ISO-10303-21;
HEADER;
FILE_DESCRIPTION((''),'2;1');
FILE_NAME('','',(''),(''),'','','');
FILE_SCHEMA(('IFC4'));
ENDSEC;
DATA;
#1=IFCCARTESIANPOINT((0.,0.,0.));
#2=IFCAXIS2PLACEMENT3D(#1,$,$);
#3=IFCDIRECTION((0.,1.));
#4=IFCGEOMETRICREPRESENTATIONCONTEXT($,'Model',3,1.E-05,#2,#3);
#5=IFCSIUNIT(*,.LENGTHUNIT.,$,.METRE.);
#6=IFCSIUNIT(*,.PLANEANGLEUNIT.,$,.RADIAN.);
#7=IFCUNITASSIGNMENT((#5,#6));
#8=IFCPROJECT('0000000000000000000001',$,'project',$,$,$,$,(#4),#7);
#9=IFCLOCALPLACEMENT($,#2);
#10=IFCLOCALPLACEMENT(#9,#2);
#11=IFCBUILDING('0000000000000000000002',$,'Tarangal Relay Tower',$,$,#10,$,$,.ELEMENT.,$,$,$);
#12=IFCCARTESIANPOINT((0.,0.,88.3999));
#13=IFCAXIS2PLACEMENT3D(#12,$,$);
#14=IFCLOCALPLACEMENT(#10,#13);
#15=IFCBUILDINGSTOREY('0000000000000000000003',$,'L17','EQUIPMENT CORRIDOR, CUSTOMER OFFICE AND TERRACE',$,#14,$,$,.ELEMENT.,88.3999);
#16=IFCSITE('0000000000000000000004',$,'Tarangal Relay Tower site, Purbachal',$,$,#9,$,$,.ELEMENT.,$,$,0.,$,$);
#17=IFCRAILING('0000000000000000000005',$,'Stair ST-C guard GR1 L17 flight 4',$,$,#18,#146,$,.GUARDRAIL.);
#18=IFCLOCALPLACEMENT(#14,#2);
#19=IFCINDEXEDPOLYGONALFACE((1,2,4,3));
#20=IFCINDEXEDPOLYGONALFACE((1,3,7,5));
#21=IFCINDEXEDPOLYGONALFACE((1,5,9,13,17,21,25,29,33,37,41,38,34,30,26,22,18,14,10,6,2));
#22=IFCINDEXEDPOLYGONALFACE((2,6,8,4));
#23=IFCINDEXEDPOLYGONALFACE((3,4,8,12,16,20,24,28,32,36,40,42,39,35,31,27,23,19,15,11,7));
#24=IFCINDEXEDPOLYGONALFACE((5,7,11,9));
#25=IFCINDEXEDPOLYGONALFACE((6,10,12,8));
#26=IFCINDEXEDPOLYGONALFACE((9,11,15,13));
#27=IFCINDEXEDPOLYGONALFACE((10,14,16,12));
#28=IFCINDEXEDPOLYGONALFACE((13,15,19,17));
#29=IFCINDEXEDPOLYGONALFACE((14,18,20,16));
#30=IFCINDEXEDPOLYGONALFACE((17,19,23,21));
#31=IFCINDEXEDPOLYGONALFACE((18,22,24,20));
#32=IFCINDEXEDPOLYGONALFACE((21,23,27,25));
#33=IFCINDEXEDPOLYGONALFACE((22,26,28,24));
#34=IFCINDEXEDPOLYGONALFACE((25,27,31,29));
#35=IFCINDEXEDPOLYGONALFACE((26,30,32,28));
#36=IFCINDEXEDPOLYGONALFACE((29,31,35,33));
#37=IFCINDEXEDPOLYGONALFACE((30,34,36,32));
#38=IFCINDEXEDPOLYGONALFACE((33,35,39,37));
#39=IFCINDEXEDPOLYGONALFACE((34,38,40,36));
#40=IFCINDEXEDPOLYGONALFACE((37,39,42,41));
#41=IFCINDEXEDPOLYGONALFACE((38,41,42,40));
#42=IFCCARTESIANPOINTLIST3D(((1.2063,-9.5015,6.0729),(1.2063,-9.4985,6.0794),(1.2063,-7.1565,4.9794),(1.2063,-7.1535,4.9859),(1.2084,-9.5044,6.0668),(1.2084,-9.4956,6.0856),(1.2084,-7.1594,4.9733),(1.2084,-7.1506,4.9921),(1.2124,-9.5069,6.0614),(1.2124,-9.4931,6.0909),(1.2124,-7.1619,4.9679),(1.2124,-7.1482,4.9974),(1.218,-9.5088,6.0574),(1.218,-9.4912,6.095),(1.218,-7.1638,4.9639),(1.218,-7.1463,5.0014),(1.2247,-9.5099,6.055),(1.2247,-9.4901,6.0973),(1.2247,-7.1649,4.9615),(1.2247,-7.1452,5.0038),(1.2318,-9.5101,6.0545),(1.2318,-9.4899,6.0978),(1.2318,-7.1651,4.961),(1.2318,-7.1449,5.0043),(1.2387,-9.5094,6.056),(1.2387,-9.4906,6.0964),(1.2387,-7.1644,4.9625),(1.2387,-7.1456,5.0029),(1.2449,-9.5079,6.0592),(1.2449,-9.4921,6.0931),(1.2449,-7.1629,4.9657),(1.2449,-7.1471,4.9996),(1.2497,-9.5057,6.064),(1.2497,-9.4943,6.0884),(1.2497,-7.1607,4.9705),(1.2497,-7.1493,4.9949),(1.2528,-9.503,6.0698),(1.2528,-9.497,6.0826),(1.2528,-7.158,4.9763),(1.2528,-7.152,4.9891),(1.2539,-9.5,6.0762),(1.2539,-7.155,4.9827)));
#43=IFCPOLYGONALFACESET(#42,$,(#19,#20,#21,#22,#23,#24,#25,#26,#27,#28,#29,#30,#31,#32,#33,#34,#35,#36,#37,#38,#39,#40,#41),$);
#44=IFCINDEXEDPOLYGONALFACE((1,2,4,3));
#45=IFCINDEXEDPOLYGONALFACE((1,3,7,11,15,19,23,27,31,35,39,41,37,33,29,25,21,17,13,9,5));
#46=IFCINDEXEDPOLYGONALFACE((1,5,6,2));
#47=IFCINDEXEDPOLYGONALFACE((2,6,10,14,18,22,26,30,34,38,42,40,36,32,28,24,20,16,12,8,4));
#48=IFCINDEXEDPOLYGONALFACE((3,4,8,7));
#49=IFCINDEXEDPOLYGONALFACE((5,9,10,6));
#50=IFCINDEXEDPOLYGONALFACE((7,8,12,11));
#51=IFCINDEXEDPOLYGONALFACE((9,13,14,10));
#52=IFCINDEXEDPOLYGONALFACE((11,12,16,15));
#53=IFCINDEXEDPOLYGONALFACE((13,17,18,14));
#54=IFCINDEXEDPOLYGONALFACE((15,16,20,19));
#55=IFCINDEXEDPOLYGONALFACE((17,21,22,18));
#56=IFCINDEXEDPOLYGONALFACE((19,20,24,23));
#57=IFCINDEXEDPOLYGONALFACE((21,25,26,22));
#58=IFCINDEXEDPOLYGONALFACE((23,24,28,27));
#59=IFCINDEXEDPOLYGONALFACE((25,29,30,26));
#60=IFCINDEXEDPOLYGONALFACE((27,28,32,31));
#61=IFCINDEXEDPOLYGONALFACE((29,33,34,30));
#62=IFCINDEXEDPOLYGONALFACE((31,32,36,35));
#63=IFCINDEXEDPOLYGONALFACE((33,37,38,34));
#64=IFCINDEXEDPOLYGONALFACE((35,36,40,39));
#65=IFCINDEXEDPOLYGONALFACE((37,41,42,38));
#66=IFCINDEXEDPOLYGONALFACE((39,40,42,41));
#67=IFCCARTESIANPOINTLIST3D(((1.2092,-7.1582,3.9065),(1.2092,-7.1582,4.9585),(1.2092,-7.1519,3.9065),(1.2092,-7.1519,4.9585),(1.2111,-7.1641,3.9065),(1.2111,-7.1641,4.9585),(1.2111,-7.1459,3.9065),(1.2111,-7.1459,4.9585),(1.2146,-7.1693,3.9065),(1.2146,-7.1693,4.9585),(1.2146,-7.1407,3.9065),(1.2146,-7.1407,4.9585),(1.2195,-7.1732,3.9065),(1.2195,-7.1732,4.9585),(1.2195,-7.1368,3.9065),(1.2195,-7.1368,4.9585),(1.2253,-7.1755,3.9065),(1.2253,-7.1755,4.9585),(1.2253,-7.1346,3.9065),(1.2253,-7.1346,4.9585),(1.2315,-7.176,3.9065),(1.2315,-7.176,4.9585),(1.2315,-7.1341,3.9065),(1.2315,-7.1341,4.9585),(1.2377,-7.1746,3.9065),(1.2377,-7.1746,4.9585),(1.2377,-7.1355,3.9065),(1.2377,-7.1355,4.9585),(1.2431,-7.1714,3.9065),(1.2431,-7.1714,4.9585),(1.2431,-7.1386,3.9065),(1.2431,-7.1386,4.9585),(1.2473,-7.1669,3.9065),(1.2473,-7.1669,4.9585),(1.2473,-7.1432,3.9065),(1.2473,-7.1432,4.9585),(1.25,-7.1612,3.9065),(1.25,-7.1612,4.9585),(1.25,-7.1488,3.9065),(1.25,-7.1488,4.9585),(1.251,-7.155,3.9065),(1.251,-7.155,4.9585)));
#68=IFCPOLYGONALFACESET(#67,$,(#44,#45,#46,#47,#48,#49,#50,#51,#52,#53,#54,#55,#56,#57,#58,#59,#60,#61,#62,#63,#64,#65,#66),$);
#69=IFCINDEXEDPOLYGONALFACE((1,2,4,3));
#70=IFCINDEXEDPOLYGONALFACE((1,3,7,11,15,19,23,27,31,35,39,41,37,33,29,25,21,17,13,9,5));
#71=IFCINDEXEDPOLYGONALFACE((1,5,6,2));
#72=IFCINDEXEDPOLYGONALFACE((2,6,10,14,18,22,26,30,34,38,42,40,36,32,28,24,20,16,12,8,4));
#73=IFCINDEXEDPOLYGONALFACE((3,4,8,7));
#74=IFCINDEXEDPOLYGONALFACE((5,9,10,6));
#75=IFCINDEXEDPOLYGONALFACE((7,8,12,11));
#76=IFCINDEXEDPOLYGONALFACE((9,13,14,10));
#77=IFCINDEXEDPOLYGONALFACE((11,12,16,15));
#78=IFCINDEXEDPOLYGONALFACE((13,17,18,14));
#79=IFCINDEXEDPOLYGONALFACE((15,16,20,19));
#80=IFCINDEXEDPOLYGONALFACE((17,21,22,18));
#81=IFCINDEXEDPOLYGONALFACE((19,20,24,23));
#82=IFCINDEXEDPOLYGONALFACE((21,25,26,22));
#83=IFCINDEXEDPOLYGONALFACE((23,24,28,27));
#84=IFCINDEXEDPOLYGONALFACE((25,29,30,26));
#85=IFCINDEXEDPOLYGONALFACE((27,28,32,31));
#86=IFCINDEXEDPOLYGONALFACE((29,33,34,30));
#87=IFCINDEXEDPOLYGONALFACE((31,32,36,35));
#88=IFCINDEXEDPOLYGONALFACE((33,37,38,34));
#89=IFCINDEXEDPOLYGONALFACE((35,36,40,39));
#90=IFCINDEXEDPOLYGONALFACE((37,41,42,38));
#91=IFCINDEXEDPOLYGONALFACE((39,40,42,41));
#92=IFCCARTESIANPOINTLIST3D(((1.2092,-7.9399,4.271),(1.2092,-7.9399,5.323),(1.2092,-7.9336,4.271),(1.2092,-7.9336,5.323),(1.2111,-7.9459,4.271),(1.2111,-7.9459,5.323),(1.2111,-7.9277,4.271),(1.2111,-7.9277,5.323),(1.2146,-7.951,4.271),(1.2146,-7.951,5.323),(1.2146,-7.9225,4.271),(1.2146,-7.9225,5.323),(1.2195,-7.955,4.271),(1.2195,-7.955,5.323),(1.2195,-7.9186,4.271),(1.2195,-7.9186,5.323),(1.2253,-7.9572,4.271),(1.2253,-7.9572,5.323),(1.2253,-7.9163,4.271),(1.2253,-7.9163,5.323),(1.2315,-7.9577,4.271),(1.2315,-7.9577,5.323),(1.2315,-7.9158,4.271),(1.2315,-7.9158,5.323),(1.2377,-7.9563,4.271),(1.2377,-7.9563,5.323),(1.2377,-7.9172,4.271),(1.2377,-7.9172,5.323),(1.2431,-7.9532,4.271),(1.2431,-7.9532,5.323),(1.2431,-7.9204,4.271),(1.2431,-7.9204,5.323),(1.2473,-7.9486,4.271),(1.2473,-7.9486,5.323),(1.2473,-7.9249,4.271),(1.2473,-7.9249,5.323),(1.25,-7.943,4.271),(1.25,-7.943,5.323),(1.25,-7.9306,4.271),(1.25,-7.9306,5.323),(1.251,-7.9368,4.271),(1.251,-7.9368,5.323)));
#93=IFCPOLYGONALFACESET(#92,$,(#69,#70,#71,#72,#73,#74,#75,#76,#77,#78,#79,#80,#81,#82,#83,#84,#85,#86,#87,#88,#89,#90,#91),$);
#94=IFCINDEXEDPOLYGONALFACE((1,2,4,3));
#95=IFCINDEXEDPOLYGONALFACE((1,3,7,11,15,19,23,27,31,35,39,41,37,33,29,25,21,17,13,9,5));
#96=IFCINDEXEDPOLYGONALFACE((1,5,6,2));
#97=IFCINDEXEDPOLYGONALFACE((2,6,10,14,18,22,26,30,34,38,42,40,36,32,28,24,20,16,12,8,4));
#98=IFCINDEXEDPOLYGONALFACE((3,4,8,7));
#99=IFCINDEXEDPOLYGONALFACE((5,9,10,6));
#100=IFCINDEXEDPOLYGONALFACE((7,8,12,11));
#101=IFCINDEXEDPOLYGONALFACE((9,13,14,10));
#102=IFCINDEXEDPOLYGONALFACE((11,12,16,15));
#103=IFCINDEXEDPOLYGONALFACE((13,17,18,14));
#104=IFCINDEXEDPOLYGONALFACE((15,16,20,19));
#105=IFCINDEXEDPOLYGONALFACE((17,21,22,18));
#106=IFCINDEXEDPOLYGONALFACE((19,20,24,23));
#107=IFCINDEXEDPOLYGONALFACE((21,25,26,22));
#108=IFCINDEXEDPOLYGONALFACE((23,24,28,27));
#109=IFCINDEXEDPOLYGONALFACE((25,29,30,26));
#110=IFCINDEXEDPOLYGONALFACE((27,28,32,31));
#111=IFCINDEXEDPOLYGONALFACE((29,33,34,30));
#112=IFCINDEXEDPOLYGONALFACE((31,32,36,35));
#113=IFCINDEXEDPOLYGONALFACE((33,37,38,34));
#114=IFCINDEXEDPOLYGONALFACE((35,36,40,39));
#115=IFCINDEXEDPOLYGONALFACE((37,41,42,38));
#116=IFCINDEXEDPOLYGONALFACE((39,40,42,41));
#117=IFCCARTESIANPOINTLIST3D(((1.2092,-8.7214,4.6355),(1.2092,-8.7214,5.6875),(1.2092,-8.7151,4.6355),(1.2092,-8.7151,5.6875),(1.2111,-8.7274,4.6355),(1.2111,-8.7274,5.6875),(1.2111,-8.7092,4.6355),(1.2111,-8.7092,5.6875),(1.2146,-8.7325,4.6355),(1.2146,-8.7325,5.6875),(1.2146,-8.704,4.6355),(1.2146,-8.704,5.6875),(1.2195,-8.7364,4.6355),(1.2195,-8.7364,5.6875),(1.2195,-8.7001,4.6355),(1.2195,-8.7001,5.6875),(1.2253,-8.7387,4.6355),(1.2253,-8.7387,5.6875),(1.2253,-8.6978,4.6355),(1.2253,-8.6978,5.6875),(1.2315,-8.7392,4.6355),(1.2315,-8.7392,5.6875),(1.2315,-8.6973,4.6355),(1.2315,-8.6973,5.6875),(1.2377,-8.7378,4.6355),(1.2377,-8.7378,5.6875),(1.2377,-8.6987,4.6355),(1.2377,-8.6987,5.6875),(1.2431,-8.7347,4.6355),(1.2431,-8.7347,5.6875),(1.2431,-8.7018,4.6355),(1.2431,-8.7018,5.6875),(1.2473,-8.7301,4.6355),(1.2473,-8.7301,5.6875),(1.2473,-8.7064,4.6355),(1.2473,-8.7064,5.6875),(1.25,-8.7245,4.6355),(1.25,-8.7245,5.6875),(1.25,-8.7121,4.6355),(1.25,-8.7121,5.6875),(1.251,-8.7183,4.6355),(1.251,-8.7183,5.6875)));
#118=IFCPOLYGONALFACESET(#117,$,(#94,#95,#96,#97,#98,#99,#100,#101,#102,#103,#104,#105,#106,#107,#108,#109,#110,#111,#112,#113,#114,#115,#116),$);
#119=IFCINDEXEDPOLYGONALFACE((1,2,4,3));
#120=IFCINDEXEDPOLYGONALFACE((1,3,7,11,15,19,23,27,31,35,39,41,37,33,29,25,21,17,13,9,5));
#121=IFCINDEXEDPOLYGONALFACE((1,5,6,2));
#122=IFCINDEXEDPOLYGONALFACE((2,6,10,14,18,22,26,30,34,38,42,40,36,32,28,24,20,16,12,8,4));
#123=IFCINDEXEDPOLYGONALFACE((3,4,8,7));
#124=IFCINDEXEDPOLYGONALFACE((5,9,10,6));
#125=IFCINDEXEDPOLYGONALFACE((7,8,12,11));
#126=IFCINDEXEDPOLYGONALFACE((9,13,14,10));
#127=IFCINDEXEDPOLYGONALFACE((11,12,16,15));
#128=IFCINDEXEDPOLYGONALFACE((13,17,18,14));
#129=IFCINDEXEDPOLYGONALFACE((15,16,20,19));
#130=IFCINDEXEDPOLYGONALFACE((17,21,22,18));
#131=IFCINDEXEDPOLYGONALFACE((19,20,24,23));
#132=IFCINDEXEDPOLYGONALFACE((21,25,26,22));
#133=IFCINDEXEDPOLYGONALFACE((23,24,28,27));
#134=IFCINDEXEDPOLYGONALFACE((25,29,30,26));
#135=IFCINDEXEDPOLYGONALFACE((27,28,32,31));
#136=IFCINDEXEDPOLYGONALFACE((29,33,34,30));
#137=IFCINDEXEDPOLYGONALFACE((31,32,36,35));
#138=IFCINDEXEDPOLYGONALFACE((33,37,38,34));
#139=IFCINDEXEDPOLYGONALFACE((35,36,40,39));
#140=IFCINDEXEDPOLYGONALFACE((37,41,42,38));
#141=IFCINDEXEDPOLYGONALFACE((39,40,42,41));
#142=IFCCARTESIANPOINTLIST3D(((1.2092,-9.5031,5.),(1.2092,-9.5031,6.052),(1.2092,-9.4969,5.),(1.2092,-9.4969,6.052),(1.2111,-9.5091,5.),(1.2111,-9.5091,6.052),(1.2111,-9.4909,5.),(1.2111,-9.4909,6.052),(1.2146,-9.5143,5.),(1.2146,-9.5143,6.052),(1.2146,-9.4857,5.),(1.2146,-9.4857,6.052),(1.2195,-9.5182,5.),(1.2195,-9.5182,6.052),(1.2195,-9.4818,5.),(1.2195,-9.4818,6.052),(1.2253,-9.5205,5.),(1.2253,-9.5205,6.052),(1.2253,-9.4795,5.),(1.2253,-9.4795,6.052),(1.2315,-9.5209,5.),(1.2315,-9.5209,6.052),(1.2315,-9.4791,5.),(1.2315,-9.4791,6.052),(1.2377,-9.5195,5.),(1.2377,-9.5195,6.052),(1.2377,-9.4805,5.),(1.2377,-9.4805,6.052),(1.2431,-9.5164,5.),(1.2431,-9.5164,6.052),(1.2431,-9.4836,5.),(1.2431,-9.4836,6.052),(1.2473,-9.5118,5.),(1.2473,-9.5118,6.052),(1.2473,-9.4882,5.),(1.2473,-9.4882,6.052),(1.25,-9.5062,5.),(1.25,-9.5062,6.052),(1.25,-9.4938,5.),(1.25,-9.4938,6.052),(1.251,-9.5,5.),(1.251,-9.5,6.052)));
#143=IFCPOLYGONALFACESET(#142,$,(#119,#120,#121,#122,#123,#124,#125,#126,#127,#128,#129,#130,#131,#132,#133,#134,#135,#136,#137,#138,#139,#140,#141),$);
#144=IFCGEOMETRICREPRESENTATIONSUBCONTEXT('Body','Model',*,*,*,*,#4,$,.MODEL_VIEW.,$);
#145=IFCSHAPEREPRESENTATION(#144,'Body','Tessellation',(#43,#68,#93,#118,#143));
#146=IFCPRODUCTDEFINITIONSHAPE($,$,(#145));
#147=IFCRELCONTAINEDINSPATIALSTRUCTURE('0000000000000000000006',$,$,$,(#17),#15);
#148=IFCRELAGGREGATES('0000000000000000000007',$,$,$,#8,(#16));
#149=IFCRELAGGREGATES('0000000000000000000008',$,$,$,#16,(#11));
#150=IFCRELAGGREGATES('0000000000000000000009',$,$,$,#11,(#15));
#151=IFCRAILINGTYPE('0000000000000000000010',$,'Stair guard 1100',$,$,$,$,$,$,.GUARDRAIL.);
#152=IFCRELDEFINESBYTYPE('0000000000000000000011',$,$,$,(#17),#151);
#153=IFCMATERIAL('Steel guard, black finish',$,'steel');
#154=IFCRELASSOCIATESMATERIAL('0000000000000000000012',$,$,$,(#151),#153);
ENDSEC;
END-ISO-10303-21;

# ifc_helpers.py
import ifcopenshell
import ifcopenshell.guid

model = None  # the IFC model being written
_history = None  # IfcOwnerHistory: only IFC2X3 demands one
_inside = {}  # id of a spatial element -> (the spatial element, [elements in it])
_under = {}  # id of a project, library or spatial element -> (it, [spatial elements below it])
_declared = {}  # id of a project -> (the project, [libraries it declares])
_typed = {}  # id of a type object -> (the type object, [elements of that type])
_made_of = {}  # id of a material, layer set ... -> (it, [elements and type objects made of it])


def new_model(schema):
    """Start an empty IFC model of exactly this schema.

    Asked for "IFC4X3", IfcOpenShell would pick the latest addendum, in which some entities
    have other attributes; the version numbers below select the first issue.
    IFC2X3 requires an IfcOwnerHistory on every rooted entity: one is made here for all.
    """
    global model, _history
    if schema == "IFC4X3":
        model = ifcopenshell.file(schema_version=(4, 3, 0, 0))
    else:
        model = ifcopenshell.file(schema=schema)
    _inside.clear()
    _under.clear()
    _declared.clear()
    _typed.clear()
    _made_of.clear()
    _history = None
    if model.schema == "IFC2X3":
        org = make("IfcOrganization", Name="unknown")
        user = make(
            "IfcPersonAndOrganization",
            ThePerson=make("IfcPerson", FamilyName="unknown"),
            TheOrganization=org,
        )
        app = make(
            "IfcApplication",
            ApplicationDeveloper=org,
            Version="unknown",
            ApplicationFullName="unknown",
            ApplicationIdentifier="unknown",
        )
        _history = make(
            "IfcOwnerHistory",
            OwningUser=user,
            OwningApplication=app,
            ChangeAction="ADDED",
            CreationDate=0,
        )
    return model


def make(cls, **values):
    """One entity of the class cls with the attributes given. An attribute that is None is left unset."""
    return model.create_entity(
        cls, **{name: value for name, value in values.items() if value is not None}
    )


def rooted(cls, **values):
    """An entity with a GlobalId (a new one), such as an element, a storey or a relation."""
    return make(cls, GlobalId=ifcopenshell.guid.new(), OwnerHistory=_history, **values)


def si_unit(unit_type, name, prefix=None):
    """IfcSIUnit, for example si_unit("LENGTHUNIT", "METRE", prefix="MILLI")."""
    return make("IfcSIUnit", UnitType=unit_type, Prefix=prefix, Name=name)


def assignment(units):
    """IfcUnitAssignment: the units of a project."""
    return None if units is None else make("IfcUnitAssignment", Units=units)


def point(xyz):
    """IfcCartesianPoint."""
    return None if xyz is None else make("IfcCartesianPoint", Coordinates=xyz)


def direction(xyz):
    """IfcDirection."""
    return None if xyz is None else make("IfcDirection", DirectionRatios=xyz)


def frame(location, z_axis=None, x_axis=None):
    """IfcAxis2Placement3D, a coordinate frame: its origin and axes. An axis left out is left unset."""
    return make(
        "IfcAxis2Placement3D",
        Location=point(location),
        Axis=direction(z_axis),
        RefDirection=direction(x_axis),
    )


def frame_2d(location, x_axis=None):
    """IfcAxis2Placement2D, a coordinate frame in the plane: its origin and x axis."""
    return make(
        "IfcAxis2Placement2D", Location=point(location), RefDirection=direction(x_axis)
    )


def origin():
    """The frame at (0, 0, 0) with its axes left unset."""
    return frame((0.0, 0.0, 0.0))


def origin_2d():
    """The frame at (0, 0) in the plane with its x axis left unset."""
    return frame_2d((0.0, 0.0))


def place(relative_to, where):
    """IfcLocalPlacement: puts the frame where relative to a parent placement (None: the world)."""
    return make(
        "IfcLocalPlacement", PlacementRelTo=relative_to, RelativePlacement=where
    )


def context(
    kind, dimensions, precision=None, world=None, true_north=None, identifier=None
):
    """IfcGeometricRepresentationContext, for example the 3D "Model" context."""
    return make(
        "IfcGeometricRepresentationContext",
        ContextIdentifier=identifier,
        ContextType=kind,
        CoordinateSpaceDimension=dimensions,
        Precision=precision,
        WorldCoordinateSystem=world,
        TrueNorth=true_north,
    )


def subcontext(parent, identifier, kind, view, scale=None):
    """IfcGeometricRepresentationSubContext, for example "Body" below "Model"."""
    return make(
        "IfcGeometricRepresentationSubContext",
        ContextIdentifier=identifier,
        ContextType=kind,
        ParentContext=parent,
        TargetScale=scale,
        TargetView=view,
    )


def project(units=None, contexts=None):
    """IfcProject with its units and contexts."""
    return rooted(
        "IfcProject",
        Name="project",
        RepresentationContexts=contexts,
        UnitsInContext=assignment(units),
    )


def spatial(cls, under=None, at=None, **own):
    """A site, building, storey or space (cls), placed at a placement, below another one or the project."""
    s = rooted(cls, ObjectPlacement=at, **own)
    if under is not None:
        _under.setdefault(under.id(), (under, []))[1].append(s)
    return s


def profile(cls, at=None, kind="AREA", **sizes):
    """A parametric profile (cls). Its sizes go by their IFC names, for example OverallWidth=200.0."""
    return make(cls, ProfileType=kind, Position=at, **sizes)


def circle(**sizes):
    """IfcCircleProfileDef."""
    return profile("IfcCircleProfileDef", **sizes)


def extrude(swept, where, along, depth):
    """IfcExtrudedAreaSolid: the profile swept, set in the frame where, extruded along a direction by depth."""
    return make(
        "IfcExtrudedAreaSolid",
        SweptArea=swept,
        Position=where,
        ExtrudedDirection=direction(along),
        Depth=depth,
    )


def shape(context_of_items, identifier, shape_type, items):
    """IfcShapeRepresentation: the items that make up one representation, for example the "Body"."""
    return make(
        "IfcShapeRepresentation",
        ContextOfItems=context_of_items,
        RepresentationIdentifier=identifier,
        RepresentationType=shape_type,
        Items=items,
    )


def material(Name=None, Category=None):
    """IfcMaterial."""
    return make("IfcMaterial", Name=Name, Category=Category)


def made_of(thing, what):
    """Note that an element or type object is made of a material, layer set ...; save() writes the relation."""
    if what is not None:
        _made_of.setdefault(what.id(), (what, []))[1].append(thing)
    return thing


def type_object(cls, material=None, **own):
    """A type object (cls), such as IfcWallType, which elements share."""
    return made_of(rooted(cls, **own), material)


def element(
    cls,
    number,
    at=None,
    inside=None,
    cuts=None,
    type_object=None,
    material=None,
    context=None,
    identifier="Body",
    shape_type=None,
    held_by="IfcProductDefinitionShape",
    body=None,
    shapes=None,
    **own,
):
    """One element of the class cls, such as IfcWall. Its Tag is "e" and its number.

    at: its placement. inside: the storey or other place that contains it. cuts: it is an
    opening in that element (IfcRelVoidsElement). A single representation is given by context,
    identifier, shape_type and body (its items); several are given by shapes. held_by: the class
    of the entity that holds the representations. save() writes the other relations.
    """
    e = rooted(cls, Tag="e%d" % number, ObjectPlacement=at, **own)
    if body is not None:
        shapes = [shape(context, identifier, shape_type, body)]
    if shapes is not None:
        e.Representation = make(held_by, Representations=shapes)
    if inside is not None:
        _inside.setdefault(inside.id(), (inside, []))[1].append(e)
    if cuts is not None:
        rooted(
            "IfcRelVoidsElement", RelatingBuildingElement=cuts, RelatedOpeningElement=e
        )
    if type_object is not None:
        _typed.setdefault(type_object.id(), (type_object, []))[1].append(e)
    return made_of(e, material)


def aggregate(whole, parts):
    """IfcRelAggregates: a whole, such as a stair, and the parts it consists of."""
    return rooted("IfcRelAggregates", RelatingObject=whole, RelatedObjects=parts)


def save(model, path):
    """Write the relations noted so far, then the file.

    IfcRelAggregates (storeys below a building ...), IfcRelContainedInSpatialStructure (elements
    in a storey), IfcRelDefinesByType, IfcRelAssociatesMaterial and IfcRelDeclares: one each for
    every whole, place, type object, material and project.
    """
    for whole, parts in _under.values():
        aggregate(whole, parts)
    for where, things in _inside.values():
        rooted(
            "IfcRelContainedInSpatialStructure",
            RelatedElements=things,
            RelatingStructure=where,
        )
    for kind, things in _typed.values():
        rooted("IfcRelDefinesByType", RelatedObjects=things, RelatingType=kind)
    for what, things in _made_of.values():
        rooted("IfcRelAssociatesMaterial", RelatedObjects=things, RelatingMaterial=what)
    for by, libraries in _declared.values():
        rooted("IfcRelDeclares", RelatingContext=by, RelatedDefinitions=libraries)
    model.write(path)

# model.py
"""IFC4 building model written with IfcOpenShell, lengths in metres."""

from ifc_helpers import new_model, si_unit, direction, frame, origin, origin_2d, place, context, subcontext, project, spatial, circle, extrude, material, type_object, element, save


model = new_model("IFC4")

# Units and contexts
model_context = context("Model", 3, precision=1e-05, world=origin(), true_north=direction((0.0, 1.0)))
body_context = subcontext(model_context, "Body", "Model", "MODEL_VIEW")
ifc_project = project(units=[si_unit("LENGTHUNIT", "METRE"), si_unit("PLANEANGLEUNIT", "RADIAN")], contexts=[model_context])

# Site, building, storey
site_placement = place(None, origin())
site = spatial("IfcSite", under=ifc_project, at=site_placement, Name="Tarangal Relay Tower site, Purbachal", CompositionType="ELEMENT", RefElevation=0.0)
building_placement = place(site_placement, origin())
building = spatial("IfcBuilding", under=site, at=building_placement, Name="Tarangal Relay Tower", CompositionType="ELEMENT")
storey_placement = place(building_placement, frame((0.0, 0.0, 88.3999)))
storey = spatial("IfcBuildingStorey", under=building, at=storey_placement, Name="L17", Description="EQUIPMENT CORRIDOR, CUSTOMER OFFICE AND TERRACE", CompositionType="ELEMENT", Elevation=88.3999)

# Railing
ifc_material_1 = material(Name="Steel guard, black finish", Category="steel")
railing_type_1 = type_object("IfcRailingType", Name="Stair guard 1100", PredefinedType="GUARDRAIL", material=ifc_material_1)
for number, where, name in (
    (1, (1.23, -7.155, 3.9065), "Stair ST-C guard GR1 L17 flight 4"),
):
    element("IfcRailing", number, at=place(storey_placement, frame(where)), inside=storey, type_object=railing_type_1, Name=name, PredefinedType="GUARDRAIL", context=body_context, shape_type="SweptSolid", body=[
        extrude(circle(Radius=0.0239, at=origin_2d()), frame((0.0, 0.0, 1.0762), z_axis=(0.0, -0.906304, 0.422627), x_axis=(1.0, 0.0, 0.0)), (0.0, 0.0, 1.0), 2.5874),
        extrude(circle(Radius=0.021, at=origin_2d()), origin(), (0.0, 0.0, 1.0), 1.052),
        extrude(circle(Radius=0.021, at=origin_2d()), frame((0.0, -0.7817, 0.3645)), (0.0, 0.0, 1.0), 1.052),
        extrude(circle(Radius=0.021, at=origin_2d()), frame((0.0, -1.5632, 0.729)), (0.0, 0.0, 1.0), 1.052),
        extrude(circle(Radius=0.021, at=origin_2d()), frame((0.0, -2.345, 1.0935)), (0.0, 0.0, 1.0), 1.052),
    ])

save(model, "model.ifc")
